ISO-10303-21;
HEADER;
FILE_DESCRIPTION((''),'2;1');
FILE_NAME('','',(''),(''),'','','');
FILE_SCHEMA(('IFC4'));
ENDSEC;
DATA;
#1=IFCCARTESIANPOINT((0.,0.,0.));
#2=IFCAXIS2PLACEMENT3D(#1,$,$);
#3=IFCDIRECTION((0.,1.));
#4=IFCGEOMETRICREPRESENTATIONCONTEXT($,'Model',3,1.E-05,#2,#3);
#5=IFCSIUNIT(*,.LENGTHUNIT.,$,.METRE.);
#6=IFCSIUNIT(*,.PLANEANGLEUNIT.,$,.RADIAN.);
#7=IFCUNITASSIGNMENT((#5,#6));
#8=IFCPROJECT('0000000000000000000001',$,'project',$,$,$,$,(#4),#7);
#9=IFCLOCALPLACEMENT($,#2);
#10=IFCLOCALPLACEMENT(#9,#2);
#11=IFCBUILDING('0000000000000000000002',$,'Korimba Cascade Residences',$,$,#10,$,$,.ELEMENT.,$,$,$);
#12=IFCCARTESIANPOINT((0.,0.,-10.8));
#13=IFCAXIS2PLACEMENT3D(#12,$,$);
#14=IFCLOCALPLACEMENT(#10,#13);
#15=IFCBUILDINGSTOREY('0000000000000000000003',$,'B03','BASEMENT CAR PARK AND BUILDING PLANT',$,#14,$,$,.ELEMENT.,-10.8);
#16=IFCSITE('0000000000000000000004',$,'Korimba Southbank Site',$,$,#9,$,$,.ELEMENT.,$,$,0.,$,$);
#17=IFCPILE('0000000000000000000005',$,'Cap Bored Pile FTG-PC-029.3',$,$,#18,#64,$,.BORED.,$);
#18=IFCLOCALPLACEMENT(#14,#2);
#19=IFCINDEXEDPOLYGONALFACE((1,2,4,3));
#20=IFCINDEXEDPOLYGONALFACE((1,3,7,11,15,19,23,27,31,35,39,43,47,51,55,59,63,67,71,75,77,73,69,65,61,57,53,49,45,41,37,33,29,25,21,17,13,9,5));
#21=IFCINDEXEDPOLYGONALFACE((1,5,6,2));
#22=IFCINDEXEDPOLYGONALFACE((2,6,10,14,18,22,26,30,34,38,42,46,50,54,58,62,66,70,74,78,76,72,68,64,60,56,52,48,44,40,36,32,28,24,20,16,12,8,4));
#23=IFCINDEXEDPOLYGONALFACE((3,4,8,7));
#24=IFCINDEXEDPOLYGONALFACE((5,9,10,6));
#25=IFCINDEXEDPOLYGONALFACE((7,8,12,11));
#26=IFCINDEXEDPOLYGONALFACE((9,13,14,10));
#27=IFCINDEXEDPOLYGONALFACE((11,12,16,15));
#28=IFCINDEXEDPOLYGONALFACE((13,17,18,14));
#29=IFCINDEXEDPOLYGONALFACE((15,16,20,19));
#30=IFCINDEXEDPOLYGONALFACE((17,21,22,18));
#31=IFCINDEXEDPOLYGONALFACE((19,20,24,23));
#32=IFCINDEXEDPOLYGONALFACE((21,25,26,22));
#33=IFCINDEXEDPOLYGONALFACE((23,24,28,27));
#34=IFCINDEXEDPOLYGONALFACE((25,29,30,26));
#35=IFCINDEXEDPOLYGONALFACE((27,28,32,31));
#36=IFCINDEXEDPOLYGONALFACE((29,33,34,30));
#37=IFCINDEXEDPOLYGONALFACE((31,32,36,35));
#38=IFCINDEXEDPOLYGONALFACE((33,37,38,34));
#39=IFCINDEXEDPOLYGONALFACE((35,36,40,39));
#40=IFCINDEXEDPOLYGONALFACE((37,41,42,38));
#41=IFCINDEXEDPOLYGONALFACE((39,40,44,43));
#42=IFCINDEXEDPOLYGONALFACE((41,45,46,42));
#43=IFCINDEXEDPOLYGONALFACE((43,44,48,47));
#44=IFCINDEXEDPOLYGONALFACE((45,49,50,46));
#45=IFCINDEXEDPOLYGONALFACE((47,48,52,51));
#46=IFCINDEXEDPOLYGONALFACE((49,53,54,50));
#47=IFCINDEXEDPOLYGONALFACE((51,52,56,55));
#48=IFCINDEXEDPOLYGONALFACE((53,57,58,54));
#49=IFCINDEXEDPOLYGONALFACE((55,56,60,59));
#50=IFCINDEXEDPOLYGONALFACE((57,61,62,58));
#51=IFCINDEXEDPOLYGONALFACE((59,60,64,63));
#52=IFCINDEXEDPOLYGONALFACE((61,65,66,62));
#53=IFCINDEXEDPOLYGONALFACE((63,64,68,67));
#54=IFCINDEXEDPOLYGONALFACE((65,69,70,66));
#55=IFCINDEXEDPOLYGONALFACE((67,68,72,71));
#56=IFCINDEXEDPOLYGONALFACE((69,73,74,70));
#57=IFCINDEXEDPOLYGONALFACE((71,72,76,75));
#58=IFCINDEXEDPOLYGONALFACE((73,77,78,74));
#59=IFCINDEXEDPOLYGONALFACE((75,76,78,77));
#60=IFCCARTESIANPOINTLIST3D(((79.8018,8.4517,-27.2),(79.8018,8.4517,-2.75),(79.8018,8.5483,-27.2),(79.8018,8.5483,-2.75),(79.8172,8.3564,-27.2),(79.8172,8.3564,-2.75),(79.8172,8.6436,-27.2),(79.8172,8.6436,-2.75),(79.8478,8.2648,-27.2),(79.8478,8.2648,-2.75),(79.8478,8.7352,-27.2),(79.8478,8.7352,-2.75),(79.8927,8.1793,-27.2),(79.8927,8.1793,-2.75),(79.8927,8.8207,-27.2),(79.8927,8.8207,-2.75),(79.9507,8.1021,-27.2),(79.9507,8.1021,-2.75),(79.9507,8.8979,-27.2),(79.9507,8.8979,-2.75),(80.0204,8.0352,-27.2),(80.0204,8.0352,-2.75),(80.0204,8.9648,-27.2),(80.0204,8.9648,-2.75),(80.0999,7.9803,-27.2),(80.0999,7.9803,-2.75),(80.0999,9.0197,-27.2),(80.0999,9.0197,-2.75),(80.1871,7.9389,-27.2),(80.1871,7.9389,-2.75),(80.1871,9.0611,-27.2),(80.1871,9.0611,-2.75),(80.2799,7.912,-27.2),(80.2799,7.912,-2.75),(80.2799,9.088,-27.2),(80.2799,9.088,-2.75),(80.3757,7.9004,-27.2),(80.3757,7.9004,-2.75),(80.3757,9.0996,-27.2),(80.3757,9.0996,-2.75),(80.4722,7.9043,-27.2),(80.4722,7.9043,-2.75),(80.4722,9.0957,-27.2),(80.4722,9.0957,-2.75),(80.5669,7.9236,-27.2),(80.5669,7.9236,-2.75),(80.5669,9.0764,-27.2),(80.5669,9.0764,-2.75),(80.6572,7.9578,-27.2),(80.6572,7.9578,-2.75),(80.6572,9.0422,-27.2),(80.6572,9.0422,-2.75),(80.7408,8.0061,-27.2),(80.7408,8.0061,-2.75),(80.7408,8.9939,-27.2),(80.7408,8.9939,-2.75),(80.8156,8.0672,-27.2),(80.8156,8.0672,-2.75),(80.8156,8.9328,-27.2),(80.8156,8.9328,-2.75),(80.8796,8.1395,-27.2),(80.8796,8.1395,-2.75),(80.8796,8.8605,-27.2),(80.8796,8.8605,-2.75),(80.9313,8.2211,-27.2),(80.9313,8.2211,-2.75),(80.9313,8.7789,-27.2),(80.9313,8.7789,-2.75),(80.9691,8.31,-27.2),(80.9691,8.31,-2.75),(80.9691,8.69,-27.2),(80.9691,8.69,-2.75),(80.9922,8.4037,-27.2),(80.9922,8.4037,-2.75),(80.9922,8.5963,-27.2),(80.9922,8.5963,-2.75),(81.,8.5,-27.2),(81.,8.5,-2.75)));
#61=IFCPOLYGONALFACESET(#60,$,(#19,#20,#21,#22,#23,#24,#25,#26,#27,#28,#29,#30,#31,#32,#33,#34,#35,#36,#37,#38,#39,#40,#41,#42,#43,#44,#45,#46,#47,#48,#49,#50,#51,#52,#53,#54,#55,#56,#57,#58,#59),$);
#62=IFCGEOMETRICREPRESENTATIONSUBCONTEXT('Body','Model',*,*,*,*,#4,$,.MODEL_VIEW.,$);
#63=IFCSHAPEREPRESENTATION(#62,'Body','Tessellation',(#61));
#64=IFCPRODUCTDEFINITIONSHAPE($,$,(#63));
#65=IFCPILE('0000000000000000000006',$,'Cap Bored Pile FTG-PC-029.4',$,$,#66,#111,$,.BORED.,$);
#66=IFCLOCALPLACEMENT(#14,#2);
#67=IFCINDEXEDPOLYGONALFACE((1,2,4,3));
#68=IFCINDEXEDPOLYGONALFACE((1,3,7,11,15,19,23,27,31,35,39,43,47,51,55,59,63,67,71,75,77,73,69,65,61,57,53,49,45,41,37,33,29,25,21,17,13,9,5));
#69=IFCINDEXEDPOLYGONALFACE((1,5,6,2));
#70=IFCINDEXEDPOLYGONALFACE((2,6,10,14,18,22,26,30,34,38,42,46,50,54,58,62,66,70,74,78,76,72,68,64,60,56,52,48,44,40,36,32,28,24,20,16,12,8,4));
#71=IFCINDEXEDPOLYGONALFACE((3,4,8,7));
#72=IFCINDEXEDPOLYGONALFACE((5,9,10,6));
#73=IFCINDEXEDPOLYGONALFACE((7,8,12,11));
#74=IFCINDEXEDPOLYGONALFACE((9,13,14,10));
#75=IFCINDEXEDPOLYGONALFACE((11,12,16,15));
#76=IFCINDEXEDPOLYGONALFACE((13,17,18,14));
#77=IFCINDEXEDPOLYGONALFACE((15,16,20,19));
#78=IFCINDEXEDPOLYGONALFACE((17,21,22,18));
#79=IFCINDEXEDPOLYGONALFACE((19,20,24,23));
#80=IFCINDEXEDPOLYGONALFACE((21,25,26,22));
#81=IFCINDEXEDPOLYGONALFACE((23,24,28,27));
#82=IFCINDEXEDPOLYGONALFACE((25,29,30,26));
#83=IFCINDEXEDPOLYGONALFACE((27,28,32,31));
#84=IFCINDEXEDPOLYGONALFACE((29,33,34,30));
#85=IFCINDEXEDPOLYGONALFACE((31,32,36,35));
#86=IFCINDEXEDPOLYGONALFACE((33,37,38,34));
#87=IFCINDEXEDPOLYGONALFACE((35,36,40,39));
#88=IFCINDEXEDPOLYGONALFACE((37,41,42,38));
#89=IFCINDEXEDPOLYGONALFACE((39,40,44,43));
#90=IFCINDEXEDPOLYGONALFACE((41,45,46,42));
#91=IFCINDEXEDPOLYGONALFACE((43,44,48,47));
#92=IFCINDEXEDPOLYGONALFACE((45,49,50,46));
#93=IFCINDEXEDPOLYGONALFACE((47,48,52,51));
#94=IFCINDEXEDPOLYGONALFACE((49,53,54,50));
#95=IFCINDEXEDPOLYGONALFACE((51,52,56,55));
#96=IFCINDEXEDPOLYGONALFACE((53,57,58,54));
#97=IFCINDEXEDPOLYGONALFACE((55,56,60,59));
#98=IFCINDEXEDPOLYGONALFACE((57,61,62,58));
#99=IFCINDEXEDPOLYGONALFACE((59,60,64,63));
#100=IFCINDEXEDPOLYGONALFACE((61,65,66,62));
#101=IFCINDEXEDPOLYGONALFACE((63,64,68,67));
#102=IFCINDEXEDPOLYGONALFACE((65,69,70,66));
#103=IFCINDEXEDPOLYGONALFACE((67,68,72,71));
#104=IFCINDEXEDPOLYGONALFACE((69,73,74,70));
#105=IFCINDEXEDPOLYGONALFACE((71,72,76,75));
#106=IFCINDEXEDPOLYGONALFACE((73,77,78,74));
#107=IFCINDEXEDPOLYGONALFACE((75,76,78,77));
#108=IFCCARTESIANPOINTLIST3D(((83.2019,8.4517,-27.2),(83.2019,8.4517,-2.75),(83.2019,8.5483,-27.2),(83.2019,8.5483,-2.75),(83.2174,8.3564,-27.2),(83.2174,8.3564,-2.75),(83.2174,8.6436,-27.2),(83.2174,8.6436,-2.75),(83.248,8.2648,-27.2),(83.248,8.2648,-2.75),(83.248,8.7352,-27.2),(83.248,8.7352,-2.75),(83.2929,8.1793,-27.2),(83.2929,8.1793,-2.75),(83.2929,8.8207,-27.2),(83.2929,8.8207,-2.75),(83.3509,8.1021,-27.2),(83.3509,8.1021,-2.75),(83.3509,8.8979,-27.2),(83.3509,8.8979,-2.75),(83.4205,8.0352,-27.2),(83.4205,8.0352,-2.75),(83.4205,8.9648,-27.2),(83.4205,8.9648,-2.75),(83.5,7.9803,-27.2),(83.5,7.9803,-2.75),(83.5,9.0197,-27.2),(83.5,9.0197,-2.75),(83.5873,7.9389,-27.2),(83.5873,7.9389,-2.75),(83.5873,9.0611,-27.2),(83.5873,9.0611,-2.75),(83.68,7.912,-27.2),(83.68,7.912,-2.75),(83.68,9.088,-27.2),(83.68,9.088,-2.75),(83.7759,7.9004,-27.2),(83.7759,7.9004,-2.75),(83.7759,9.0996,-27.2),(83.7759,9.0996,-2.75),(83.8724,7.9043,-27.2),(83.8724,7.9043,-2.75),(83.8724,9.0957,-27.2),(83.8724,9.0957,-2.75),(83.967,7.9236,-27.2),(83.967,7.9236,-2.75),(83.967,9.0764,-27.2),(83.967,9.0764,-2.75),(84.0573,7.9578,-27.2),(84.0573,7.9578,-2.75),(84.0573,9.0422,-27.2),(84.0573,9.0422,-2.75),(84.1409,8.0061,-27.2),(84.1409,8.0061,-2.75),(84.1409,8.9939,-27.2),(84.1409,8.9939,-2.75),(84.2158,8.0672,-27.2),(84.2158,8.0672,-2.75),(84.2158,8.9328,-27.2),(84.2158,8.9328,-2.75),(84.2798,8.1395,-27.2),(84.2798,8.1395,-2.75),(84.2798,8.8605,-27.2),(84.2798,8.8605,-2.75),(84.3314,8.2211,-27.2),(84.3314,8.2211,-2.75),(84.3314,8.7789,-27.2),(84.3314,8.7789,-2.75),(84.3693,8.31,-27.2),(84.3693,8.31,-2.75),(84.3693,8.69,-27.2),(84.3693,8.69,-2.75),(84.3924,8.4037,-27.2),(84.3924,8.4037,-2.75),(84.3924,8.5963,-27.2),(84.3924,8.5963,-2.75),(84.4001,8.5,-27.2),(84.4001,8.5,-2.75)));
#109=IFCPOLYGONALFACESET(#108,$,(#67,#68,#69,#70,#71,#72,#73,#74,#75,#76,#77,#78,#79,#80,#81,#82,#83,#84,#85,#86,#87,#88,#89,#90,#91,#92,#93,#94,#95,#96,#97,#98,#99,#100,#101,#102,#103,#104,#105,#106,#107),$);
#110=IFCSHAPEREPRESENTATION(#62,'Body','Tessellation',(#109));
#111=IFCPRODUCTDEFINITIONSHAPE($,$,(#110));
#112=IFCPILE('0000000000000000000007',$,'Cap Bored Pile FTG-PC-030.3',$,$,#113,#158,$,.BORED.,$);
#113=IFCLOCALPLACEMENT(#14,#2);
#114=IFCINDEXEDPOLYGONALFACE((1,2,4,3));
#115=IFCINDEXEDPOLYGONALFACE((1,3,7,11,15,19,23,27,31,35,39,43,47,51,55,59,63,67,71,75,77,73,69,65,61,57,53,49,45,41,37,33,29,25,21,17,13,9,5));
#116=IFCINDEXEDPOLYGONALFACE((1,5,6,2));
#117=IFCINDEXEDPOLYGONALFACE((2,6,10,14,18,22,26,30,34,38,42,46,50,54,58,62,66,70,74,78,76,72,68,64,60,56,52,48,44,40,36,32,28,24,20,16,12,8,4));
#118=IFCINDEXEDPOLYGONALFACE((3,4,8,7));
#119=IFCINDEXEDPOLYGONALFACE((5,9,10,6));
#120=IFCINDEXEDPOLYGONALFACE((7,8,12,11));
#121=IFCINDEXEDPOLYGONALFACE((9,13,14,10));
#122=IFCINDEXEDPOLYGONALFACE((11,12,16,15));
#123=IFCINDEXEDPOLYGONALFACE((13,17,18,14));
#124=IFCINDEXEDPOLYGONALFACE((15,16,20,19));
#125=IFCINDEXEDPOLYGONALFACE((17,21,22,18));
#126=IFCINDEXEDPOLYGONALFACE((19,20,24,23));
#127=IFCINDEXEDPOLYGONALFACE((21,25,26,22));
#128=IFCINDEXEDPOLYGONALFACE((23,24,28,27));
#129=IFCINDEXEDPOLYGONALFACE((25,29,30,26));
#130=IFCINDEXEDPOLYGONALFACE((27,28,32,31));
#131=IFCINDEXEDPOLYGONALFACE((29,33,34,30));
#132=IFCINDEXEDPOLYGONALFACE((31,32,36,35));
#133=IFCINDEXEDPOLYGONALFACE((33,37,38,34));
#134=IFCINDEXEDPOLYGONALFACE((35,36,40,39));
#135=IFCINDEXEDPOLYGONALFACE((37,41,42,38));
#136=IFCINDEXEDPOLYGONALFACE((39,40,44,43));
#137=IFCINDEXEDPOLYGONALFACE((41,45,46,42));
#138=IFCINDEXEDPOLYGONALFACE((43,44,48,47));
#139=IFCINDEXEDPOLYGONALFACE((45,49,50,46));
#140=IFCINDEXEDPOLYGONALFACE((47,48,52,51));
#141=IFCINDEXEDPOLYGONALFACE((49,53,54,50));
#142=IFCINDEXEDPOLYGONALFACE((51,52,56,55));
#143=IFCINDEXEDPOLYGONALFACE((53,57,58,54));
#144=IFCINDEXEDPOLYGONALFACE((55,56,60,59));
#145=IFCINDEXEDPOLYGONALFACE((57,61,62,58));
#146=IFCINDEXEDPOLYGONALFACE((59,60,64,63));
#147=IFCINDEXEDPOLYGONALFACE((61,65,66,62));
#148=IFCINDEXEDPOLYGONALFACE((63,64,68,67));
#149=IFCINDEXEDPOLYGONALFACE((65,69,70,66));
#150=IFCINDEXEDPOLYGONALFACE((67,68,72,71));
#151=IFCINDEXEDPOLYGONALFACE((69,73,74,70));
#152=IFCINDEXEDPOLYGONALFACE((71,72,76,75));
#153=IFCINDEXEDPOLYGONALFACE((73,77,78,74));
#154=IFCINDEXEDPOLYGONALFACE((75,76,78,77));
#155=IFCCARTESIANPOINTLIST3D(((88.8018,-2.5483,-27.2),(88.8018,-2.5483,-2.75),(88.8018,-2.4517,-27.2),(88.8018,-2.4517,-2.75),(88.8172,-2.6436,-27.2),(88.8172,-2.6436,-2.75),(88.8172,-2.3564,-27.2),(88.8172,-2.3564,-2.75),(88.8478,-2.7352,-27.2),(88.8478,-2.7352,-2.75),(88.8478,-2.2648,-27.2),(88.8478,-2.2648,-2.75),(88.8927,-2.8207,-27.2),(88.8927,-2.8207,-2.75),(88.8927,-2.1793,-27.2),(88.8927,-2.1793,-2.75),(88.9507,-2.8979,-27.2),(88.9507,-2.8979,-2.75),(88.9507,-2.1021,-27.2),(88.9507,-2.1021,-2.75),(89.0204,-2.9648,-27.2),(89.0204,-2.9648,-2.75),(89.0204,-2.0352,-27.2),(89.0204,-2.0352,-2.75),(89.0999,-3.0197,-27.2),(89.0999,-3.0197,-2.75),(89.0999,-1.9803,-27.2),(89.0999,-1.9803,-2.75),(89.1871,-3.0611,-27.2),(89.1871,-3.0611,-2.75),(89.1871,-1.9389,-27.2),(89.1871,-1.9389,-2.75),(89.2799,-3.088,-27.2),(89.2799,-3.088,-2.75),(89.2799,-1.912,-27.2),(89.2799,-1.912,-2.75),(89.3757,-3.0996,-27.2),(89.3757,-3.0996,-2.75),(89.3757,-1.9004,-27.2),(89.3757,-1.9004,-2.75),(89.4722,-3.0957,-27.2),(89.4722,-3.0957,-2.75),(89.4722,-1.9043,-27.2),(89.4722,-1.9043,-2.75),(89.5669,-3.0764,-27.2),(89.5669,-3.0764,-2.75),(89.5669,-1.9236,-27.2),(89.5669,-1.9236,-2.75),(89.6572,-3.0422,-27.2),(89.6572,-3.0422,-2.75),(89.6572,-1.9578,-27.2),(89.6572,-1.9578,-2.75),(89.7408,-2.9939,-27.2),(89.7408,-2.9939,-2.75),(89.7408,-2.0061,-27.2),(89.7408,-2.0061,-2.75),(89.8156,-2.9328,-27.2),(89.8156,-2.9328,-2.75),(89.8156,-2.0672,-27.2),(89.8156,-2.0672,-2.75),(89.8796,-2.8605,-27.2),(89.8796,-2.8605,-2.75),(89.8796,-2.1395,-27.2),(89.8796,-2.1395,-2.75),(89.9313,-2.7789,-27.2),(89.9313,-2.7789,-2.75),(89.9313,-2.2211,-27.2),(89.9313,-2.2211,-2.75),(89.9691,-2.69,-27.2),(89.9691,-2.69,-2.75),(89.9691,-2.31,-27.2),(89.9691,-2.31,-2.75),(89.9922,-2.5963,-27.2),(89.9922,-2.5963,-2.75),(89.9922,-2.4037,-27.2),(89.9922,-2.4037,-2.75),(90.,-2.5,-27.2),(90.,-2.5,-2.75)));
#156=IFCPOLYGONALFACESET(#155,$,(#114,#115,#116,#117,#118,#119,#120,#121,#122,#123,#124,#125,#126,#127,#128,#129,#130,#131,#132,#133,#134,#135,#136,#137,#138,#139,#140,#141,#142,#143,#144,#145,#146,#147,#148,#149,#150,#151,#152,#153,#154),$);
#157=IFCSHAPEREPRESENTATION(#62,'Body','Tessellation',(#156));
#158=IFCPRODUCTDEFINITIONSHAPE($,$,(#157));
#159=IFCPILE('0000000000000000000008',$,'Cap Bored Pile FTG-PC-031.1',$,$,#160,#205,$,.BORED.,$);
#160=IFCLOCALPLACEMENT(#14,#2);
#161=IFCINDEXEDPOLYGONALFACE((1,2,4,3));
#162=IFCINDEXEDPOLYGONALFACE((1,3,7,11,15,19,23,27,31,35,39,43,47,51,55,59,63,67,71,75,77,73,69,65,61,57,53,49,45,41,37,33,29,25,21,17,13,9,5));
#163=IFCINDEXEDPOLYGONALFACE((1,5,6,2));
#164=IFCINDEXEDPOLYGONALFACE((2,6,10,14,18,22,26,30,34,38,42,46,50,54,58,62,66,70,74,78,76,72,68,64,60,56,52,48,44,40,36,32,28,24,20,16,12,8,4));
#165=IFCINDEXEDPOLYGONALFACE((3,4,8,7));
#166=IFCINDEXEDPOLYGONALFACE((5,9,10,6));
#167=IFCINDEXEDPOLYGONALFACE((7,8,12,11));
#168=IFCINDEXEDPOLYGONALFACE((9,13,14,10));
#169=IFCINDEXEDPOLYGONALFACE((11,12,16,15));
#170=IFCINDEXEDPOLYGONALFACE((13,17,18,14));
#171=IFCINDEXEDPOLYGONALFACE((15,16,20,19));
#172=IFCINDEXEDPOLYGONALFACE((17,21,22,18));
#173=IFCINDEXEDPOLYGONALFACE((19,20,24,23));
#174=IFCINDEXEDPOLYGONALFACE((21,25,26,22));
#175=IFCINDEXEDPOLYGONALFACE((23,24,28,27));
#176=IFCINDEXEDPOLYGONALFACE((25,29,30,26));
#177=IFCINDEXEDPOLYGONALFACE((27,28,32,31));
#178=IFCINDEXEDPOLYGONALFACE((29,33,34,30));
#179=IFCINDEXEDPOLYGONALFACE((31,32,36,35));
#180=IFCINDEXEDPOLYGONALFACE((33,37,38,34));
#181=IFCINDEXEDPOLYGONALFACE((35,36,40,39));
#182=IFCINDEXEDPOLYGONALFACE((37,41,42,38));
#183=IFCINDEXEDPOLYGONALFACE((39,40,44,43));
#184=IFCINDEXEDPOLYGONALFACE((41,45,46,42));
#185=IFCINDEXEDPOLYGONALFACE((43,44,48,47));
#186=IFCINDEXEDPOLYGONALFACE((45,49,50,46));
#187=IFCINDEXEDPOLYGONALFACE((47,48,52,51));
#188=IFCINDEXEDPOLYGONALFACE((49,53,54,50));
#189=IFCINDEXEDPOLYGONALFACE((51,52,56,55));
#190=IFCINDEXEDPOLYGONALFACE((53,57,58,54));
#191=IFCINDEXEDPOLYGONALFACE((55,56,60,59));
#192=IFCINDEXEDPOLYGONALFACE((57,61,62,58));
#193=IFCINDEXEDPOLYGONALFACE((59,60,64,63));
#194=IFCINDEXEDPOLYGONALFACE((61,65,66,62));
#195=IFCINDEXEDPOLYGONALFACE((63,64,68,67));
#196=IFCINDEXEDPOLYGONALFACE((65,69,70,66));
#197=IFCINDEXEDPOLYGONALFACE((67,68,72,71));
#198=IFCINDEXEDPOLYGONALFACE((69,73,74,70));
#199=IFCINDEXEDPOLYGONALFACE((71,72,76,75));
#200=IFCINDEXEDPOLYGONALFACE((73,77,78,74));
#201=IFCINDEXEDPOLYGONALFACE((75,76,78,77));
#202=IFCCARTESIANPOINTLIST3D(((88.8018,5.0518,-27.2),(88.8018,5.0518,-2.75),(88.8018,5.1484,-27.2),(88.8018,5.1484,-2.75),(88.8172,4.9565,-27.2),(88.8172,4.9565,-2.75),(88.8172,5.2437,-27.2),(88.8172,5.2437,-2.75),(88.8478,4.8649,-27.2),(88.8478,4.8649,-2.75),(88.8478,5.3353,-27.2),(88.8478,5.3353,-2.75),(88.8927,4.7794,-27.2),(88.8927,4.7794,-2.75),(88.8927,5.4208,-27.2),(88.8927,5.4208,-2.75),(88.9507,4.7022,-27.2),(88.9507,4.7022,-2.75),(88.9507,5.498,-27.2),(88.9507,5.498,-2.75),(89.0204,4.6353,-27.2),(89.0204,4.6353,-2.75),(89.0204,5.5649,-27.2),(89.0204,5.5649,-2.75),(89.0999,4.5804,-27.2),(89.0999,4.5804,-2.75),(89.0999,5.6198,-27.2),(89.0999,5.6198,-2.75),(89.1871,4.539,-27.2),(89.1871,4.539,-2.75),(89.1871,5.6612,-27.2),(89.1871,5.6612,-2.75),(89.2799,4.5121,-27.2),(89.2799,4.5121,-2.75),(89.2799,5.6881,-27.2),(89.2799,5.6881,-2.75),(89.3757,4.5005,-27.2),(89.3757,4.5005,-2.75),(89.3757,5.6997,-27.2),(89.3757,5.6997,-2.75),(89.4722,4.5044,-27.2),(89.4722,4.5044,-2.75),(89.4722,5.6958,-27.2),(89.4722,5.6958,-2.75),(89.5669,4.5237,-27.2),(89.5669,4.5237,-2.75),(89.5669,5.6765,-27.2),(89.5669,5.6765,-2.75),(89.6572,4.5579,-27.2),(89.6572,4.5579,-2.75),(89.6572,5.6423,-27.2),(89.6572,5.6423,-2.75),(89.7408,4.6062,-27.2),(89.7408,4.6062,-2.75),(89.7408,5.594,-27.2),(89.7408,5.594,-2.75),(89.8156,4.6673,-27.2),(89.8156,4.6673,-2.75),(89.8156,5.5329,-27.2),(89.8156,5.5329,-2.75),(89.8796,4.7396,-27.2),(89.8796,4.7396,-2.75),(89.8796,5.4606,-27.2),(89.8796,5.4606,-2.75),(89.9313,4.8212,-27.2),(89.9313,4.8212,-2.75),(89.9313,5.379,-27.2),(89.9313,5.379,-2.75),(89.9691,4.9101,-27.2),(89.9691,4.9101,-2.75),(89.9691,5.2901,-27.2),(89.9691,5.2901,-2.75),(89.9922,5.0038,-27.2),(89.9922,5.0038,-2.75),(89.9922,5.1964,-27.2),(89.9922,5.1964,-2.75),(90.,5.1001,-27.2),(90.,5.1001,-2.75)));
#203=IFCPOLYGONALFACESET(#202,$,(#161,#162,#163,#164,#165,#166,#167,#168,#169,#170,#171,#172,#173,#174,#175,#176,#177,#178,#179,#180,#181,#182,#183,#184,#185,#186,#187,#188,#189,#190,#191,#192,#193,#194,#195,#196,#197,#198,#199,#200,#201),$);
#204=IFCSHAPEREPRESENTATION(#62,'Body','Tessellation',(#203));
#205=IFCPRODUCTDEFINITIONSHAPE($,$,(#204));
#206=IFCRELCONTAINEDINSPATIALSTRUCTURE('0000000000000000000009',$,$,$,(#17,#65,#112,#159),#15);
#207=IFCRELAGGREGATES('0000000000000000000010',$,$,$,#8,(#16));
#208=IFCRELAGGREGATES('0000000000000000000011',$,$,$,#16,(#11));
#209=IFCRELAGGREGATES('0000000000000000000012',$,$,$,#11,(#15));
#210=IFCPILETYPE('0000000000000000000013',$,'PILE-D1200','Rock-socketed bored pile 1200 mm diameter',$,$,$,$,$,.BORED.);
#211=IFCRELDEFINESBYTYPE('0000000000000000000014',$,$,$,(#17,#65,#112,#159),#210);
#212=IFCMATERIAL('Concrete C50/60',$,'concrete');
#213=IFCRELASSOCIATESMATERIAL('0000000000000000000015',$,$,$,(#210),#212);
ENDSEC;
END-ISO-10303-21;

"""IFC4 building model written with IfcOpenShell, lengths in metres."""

from ifc_helpers import new_model, si_unit, direction, frame, origin, origin_2d, place, context, subcontext, project, spatial, circle, extrude, material, material_profile, profile_set, type_object, element, save


model = new_model("IFC4")

# Units and contexts
model_context = context("Model", 3, precision=1e-05, world=origin(), true_north=direction((0.0, 1.0)))
body_context = subcontext(model_context, "Body", "Model", "MODEL_VIEW")
ifc_project = project(units=[si_unit("LENGTHUNIT", "METRE"), si_unit("PLANEANGLEUNIT", "RADIAN")], contexts=[model_context])

# Site, building, storey
site_placement = place(None, origin())
site = spatial("IfcSite", under=ifc_project, at=site_placement, Name="Korimba Southbank Site", CompositionType="ELEMENT", RefElevation=0.0)
building_placement = place(site_placement, origin())
building = spatial("IfcBuilding", under=site, at=building_placement, Name="Korimba Cascade Residences", CompositionType="ELEMENT")
storey_placement = place(building_placement, frame((0.0, 0.0, -10.8)))
storey = spatial("IfcBuildingStorey", under=building, at=storey_placement, Name="B03", Description="BASEMENT CAR PARK AND BUILDING PLANT", CompositionType="ELEMENT", Elevation=-10.8)

# Piles
ifc_material_1 = material(Name="Concrete C50/60", Category="concrete")
ifc_material_profile_1 = material_profile(ifc_material_1, circle(Radius=0.6001, at=origin_2d()), Name="Concrete C50/60")
ifc_profile_set_1 = profile_set([ifc_material_profile_1], Name="Concrete C50/60")
pile_type = type_object("IfcPileType", Name="PILE-D1200", Description="Rock-socketed bored pile 1200 mm diameter", PredefinedType="BORED", material=ifc_profile_set_1)
for number, where, z_axis, x_axis, name in (
    (1, (80.3999, 8.5, -2.75), (0.0, 0.0, -1.0), (1.0, 0.0, 0.0), "Cap Bored Pile FTG-PC-029.3"),
    (2, (83.8, 8.5, -2.75), (0.0, 0.0, -1.0), (1.0, 0.0, 0.0), "Cap Bored Pile FTG-PC-029.4"),
    (3, (89.3999, -2.5, -2.75), (0.0, 0.0, -1.0), (1.0, 0.0, 0.0), "Cap Bored Pile FTG-PC-030.3"),
    (4, (89.3999, 5.1001, -2.75), (0.0, 0.0, -1.0), (1.0, 0.0, 0.0), "Cap Bored Pile FTG-PC-031.1"),
):
    element("IfcPile", number, at=place(storey_placement, frame(where, z_axis=z_axis, x_axis=x_axis)), inside=storey, type_object=pile_type, Name=name, PredefinedType="BORED", context=body_context, shape_type="SweptSolid", body=[
        extrude(circle(Radius=0.6001, at=origin_2d()), origin(), (0.0, 0.0, 1.0), 24.45),
    ])

save(model, "model.ifc")
